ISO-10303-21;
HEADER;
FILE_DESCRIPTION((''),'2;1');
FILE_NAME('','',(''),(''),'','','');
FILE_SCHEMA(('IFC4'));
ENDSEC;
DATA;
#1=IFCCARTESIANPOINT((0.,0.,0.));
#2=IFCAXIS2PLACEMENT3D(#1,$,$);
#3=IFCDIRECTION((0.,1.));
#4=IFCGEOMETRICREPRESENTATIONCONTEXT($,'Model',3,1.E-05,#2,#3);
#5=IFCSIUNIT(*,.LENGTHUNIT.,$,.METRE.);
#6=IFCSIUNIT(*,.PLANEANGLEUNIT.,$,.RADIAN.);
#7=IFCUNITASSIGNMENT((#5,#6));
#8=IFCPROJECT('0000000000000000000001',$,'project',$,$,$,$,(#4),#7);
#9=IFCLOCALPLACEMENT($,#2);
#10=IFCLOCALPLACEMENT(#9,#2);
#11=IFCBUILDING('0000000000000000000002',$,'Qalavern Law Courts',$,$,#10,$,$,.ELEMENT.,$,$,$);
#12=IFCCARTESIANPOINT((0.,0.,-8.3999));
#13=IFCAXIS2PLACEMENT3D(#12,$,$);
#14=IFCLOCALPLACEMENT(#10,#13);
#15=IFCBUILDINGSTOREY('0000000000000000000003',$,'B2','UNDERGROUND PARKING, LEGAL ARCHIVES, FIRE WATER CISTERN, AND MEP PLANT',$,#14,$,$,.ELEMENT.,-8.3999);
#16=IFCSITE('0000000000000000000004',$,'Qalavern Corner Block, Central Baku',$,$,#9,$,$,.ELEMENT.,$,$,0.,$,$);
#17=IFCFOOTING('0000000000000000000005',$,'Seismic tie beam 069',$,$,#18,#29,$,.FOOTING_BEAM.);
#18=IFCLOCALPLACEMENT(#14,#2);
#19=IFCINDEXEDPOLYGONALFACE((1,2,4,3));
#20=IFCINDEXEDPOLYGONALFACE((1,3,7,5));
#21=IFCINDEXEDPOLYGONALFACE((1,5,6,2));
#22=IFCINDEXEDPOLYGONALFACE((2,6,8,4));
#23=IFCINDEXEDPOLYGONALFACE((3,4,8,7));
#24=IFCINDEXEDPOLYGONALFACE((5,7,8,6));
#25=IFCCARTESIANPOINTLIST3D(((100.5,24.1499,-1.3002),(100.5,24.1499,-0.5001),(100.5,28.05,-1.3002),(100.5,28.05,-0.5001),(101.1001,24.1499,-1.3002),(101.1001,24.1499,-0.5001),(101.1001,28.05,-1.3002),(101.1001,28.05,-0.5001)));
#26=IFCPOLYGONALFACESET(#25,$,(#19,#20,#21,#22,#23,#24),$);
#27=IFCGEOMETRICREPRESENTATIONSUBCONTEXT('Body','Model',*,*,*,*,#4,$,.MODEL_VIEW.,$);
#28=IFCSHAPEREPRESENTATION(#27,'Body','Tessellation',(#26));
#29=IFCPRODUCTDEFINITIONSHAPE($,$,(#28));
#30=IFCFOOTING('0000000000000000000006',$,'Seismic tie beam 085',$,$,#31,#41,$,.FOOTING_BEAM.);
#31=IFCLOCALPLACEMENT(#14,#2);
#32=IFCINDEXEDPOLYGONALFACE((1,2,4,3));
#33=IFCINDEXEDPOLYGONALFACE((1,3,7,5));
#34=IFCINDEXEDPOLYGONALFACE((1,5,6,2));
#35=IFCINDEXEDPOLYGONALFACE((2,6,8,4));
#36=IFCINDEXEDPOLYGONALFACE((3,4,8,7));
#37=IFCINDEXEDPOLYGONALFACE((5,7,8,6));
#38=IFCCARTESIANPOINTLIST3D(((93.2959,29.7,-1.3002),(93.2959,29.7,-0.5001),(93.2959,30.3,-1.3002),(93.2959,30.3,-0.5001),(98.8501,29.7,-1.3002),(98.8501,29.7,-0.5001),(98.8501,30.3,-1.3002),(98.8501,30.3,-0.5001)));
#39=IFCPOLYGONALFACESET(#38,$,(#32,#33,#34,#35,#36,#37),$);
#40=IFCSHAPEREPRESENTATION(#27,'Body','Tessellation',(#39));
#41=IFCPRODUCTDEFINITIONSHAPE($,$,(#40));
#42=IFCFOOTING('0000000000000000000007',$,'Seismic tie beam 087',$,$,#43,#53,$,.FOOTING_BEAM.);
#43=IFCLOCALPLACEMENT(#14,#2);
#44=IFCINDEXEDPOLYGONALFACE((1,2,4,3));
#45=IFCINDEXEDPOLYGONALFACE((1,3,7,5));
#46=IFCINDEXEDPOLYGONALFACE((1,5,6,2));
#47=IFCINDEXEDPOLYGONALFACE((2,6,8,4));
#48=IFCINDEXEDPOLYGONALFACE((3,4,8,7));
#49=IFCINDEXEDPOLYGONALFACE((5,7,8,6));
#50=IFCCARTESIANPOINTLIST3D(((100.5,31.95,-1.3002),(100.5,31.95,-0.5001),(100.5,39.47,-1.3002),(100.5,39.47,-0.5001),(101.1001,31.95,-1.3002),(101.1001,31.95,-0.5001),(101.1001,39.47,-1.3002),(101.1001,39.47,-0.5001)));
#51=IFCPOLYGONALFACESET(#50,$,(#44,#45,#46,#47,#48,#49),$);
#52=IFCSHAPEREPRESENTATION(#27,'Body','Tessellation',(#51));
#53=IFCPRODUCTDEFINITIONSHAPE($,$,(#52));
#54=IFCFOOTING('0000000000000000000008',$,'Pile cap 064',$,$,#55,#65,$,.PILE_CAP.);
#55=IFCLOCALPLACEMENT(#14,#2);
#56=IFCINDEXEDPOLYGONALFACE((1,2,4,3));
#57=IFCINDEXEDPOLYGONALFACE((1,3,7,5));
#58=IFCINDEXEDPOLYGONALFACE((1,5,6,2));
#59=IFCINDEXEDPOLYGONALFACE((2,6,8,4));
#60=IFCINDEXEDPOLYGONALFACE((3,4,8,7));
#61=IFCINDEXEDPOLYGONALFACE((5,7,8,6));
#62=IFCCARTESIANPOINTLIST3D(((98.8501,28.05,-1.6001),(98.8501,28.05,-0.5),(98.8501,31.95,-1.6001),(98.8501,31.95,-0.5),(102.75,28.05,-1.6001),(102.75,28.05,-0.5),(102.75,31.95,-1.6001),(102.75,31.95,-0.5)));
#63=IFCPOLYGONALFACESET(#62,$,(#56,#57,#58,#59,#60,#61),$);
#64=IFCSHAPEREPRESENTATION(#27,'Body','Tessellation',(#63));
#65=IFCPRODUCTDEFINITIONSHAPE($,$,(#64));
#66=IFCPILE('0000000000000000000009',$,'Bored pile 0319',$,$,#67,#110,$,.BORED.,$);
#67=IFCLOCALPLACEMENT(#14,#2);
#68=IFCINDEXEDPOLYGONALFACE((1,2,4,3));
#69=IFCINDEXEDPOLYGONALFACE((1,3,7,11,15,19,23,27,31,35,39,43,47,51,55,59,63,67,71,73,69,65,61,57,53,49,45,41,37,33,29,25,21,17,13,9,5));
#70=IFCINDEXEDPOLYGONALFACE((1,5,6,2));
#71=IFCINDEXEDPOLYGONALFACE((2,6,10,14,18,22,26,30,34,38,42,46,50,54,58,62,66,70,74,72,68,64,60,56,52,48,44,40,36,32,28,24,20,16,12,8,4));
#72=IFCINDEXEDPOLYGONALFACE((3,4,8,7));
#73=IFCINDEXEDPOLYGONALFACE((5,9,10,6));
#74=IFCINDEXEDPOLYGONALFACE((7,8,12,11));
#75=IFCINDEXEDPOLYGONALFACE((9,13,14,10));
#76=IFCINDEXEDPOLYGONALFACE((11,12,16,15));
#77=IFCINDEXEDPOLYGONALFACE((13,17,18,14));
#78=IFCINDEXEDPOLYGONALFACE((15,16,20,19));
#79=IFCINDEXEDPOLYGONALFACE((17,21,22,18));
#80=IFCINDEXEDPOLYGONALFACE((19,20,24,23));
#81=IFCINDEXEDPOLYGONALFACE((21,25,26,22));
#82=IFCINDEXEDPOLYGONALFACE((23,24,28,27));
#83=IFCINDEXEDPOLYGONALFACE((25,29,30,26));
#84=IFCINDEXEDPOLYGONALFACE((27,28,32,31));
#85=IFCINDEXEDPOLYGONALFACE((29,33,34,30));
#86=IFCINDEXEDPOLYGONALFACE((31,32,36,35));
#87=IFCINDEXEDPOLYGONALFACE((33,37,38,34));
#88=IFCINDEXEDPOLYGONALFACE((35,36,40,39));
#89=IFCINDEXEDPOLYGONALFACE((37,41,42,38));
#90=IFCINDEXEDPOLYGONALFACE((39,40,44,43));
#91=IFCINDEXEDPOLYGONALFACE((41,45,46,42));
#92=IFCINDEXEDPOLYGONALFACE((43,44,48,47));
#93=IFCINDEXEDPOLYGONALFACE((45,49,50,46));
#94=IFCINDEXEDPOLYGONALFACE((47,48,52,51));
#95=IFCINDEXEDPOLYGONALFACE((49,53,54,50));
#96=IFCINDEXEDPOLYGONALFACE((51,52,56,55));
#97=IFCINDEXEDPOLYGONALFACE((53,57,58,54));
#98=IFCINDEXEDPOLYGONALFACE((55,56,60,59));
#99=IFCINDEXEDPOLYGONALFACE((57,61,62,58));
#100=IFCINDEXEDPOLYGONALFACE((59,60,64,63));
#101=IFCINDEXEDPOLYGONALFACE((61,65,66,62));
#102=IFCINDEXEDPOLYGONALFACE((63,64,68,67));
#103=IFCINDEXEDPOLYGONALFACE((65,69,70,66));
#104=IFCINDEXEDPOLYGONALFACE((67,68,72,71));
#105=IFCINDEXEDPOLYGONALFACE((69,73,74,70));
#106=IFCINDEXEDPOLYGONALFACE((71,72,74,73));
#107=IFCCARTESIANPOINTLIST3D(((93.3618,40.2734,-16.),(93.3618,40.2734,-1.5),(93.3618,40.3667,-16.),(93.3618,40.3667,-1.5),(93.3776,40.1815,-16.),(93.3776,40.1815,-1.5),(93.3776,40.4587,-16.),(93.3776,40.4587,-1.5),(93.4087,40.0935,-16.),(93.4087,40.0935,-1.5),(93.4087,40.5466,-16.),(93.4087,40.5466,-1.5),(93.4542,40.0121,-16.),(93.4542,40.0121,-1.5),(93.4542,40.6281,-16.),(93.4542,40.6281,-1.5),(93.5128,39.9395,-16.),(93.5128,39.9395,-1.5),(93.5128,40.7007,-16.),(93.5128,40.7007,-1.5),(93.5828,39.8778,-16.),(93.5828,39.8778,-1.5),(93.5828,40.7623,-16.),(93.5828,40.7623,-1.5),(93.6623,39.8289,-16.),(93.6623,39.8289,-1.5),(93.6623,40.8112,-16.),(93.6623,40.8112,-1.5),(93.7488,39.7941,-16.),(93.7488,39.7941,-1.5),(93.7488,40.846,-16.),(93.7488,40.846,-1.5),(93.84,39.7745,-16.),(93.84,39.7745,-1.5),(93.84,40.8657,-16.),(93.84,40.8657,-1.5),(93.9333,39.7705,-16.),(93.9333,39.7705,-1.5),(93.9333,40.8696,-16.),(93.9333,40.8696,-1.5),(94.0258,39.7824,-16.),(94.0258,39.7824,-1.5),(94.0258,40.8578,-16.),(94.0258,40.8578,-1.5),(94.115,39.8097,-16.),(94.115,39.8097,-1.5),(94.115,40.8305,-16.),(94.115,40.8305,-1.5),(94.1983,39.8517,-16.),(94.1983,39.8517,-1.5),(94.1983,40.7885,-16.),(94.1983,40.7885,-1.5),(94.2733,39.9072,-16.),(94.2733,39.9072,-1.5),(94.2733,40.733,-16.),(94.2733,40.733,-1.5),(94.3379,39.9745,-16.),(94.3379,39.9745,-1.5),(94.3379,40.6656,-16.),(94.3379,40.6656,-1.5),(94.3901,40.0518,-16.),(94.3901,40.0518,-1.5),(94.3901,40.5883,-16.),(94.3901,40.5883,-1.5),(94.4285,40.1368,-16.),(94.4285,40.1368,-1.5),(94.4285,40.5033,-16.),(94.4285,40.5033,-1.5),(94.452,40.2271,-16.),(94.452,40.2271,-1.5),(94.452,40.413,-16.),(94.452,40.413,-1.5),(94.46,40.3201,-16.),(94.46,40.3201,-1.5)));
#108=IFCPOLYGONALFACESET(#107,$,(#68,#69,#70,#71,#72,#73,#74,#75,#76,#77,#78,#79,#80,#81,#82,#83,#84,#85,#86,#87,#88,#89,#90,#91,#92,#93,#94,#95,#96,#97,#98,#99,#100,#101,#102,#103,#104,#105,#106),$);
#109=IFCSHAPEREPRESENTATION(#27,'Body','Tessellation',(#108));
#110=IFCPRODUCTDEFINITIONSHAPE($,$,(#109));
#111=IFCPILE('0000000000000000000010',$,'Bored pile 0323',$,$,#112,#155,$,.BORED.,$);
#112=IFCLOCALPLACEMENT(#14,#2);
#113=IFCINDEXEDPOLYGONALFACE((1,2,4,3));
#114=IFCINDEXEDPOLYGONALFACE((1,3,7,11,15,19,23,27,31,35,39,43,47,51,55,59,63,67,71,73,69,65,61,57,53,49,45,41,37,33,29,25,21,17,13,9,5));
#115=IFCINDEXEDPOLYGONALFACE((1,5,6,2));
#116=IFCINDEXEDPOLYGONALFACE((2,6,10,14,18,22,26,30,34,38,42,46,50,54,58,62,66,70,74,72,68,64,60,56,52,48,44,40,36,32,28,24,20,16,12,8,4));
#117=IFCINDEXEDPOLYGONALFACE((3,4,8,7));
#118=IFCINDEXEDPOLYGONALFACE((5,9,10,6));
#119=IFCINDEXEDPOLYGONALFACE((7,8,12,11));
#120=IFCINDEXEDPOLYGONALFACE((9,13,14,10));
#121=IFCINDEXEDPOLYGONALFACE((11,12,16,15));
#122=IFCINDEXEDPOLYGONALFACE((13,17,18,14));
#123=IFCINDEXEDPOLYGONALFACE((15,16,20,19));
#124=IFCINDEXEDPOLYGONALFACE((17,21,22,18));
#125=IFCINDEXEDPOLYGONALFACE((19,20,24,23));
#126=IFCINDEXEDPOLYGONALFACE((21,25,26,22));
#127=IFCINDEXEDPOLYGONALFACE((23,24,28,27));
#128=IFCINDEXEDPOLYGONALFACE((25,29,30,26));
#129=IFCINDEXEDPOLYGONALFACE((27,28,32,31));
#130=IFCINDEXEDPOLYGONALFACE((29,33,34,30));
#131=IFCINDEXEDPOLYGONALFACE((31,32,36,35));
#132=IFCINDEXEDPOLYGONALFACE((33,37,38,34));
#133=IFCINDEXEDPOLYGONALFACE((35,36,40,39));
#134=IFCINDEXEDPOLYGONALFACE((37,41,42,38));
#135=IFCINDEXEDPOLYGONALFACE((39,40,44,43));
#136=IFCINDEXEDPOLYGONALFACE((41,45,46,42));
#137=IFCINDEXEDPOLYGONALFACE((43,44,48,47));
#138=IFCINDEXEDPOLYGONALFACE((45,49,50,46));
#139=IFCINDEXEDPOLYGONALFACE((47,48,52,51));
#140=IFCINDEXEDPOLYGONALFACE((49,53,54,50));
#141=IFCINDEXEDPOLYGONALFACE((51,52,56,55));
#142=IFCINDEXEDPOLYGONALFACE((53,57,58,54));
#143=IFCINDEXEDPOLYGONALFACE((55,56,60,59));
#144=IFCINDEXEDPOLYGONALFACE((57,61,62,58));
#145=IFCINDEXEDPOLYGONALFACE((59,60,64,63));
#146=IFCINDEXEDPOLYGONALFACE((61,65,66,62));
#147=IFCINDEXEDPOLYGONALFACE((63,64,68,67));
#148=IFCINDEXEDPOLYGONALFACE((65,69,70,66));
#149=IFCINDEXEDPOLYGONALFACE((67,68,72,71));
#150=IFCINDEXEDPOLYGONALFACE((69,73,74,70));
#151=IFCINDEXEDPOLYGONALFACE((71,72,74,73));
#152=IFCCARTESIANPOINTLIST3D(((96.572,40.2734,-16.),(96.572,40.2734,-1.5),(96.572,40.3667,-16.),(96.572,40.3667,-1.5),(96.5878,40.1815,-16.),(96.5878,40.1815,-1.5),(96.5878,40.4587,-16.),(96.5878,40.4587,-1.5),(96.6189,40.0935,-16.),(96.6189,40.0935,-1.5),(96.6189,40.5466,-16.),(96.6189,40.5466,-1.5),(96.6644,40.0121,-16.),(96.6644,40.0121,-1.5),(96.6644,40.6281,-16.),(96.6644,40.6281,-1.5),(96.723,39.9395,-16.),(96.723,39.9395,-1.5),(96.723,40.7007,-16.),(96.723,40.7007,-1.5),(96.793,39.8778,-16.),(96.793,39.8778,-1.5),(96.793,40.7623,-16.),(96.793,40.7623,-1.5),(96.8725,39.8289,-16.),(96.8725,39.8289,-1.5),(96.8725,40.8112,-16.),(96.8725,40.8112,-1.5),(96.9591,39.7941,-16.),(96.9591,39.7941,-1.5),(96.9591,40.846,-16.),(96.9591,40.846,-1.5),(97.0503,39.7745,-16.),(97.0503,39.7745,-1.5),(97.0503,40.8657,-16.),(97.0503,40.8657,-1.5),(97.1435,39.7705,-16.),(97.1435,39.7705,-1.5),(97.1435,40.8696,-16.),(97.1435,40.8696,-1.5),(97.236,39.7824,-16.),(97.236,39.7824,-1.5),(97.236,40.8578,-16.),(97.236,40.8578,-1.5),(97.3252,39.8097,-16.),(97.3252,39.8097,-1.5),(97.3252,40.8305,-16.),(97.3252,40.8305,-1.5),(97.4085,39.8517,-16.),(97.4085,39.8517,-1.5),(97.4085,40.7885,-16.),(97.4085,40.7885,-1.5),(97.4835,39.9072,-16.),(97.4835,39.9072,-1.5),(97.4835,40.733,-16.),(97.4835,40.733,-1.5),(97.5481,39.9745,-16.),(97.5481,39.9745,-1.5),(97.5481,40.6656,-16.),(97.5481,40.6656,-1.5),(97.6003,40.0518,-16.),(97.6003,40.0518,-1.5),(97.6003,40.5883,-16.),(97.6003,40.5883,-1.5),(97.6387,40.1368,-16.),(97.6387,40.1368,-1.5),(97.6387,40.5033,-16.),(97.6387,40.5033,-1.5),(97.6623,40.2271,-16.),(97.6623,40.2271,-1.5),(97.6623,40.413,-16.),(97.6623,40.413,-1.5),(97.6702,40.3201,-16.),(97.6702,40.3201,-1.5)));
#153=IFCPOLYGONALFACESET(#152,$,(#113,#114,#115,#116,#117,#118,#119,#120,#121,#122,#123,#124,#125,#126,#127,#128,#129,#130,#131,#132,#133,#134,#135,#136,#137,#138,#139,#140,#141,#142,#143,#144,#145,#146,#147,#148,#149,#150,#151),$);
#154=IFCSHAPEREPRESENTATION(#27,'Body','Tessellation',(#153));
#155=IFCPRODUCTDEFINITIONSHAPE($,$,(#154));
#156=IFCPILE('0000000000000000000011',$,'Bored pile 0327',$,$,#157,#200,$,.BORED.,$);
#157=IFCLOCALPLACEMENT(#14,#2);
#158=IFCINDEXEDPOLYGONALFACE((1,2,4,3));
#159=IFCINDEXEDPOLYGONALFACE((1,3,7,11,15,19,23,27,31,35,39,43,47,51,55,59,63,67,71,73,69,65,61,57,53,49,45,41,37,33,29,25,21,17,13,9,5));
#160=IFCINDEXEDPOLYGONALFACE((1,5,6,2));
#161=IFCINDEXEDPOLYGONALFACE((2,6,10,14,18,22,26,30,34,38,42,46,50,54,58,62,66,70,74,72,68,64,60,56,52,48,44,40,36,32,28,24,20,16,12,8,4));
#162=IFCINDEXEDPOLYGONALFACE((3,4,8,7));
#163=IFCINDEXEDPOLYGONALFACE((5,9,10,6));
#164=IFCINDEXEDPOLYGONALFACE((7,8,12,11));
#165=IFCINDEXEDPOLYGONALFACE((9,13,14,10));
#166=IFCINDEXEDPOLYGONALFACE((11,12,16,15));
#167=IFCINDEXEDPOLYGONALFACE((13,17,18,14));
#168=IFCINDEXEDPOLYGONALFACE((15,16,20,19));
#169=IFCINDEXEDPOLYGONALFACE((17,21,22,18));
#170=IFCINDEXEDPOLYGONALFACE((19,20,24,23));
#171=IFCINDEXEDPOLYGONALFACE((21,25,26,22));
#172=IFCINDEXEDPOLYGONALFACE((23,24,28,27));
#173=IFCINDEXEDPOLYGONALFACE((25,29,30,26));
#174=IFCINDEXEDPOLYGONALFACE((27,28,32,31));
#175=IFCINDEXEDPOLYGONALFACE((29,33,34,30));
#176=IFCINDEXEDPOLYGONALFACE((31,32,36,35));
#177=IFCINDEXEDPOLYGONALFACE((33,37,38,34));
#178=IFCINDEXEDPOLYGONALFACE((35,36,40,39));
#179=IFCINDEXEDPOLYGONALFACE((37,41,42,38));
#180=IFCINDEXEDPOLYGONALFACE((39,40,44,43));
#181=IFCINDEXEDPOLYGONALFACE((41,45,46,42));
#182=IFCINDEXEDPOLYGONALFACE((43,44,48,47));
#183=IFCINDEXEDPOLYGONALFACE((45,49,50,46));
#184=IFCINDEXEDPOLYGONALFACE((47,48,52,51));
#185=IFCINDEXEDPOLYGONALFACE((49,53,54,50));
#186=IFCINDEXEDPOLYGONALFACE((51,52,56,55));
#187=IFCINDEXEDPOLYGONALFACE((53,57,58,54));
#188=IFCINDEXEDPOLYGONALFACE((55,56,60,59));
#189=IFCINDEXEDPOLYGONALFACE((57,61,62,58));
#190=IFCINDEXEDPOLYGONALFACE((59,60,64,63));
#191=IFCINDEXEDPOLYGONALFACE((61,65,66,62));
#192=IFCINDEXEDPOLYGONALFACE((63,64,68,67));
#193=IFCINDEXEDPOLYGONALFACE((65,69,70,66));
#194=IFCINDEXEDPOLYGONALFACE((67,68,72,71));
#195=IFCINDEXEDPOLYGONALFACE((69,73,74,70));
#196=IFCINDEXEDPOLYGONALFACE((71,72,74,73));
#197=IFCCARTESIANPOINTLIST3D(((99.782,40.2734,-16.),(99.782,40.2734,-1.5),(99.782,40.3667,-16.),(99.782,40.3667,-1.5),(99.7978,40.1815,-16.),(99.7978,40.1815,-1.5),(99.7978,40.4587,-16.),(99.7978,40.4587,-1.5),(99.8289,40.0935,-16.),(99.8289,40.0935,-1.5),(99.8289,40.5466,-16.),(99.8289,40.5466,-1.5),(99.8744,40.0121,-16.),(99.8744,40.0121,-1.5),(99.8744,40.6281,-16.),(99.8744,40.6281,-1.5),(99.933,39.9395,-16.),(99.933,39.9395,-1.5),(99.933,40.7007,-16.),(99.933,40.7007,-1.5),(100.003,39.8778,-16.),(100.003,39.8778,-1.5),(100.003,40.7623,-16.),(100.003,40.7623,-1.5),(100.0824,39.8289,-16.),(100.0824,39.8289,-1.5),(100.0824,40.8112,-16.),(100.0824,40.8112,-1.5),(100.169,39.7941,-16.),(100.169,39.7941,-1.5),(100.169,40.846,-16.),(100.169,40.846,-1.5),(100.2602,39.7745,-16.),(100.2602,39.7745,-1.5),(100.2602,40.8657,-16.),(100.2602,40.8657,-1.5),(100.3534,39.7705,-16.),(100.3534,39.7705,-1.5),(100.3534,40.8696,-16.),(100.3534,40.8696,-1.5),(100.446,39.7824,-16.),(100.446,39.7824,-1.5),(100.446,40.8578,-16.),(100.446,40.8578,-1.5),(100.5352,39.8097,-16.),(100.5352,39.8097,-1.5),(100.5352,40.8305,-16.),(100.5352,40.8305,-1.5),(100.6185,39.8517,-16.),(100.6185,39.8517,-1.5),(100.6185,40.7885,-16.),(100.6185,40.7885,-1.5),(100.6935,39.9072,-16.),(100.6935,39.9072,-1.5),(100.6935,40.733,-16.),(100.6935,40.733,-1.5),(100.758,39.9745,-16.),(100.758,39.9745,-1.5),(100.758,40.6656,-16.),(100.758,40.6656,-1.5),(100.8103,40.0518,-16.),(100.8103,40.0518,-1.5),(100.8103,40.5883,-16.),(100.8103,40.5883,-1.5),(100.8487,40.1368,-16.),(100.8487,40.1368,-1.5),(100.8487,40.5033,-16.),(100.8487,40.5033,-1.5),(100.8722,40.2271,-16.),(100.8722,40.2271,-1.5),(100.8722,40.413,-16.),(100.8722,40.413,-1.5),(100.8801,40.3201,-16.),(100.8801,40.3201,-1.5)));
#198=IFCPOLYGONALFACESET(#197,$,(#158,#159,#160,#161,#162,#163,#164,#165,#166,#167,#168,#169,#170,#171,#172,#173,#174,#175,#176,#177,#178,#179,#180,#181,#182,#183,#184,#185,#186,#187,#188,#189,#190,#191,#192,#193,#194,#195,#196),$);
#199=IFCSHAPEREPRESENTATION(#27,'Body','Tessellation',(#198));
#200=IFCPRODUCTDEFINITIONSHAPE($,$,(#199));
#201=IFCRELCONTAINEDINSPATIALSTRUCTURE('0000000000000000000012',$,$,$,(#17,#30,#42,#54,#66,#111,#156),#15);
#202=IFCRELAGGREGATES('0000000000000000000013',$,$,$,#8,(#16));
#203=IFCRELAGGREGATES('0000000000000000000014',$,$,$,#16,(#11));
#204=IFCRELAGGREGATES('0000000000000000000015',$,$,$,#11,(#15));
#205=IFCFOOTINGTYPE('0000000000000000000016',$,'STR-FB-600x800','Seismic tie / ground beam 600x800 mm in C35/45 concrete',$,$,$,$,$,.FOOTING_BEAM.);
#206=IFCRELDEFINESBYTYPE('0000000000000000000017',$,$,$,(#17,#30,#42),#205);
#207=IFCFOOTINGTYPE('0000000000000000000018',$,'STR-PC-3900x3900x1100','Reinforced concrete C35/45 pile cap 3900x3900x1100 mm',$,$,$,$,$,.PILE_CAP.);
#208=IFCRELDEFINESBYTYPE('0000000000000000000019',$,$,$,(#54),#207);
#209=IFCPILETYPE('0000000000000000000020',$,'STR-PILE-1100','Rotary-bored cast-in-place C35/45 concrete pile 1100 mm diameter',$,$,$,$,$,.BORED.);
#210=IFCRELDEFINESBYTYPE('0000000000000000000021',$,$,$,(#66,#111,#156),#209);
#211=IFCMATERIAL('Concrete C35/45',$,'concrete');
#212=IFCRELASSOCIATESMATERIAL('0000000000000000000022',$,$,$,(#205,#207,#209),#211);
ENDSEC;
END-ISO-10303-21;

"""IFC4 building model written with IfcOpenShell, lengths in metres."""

from ifc_helpers import new_model, si_unit, direction, frame, origin, origin_2d, place, context, subcontext, project, spatial, rectangle, circle, extrude, material, material_profile, profile_set, type_object, element, save


model = new_model("IFC4")

# Units and contexts
model_context = context("Model", 3, precision=1e-05, world=origin(), true_north=direction((0.0, 1.0)))
body_context = subcontext(model_context, "Body", "Model", "MODEL_VIEW")
ifc_project = project(units=[si_unit("LENGTHUNIT", "METRE"), si_unit("PLANEANGLEUNIT", "RADIAN")], contexts=[model_context])

# Site, building, storey
site_placement = place(None, origin())
site = spatial("IfcSite", under=ifc_project, at=site_placement, Name="Qalavern Corner Block, Central Baku", CompositionType="ELEMENT", RefElevation=0.0)
building_placement = place(site_placement, origin())
building = spatial("IfcBuilding", under=site, at=building_placement, Name="Qalavern Law Courts", CompositionType="ELEMENT")
storey_placement = place(building_placement, frame((0.0, 0.0, -8.3999)))
storey = spatial("IfcBuildingStorey", under=building, at=storey_placement, Name="B2", Description="UNDERGROUND PARKING, LEGAL ARCHIVES, FIRE WATER CISTERN, AND MEP PLANT", CompositionType="ELEMENT", Elevation=-8.3999)

# Footings
ifc_material_1 = material(Name="Concrete C35/45", Category="concrete")
ifc_material_profile_1 = material_profile(ifc_material_1, rectangle(XDim=0.6001, YDim=0.8, at=origin_2d()), Name="RC 600x800")
ifc_profile_set_1 = profile_set([ifc_material_profile_1], Name="Concrete C35/45")
footing_type_1 = type_object("IfcFootingType", Name="STR-FB-600x800", Description="Seismic tie / ground beam 600x800 mm in C35/45 concrete", PredefinedType="FOOTING_BEAM", material=ifc_profile_set_1)
footing_1_placement = place(storey_placement, frame((100.8, 24.1499, -0.9001), z_axis=(0.0, 1.0, 0.0), x_axis=(-1.0, 0.0, 0.0)))
element("IfcFooting", 1, at=footing_1_placement, inside=storey, type_object=footing_type_1, Name="Seismic tie beam 069", PredefinedType="FOOTING_BEAM", context=body_context, shape_type="SweptSolid", body=[
    extrude(rectangle(XDim=0.6001, YDim=0.8, at=origin_2d()), origin(), (0.0, 0.0, 1.0), 3.9001),
])
footing_2_placement = place(storey_placement, frame((93.2959, 30.0, -0.9001), z_axis=(1.0, 0.0, 0.0), x_axis=(0.0, 1.0, 0.0)))
element("IfcFooting", 2, at=footing_2_placement, inside=storey, type_object=footing_type_1, Name="Seismic tie beam 085", PredefinedType="FOOTING_BEAM", context=body_context, shape_type="SweptSolid", body=[
    extrude(rectangle(XDim=0.6001, YDim=0.8, at=origin_2d()), origin(), (0.0, 0.0, 1.0), 5.5542),
])
footing_3_placement = place(storey_placement, frame((100.8, 31.95, -0.9001), z_axis=(0.0, 1.0, 0.0), x_axis=(-1.0, 0.0, 0.0)))
element("IfcFooting", 3, at=footing_3_placement, inside=storey, type_object=footing_type_1, Name="Seismic tie beam 087", PredefinedType="FOOTING_BEAM", context=body_context, shape_type="SweptSolid", body=[
    extrude(rectangle(XDim=0.6001, YDim=0.8, at=origin_2d()), origin(), (0.0, 0.0, 1.0), 7.52),
])
footing_type_2 = type_object("IfcFootingType", Name="STR-PC-3900x3900x1100", Description="Reinforced concrete C35/45 pile cap 3900x3900x1100 mm", PredefinedType="PILE_CAP", material=ifc_material_1)
footing_4_placement = place(storey_placement, frame((100.8, 30.0, -1.6001), z_axis=(0.0, 0.0, 1.0), x_axis=(1.0, 0.0, 0.0)))
element("IfcFooting", 4, at=footing_4_placement, inside=storey, type_object=footing_type_2, Name="Pile cap 064", PredefinedType="PILE_CAP", context=body_context, shape_type="SweptSolid", body=[
    extrude(rectangle(XDim=3.8999, YDim=3.8999, at=origin_2d()), origin(), (0.0, 0.0, 1.0), 1.1001),
])

# Piles
ifc_material_profile_2 = material_profile(ifc_material_1, circle(Radius=0.55, at=origin_2d()), Name="BORED PILE 1100")
ifc_profile_set_2 = profile_set([ifc_material_profile_2], Name="Concrete C35/45")
pile_type_1 = type_object("IfcPileType", Name="STR-PILE-1100", Description="Rotary-bored cast-in-place C35/45 concrete pile 1100 mm diameter", PredefinedType="BORED", material=ifc_profile_set_2)
for number, where, z_axis, x_axis, name in (
    (5, (93.9099, 40.3201, -1.5), (0.0, 0.0, -1.0), (1.0, 0.0, 0.0), "Bored pile 0319"),
    (6, (97.1201, 40.3201, -1.5), (0.0, 0.0, -1.0), (1.0, 0.0, 0.0), "Bored pile 0323"),
    (7, (100.3301, 40.3201, -1.5), (0.0, 0.0, -1.0), (1.0, 0.0, 0.0), "Bored pile 0327"),
):
    element("IfcPile", number, at=place(storey_placement, frame(where, z_axis=z_axis, x_axis=x_axis)), inside=storey, type_object=pile_type_1, Name=name, PredefinedType="BORED", context=body_context, shape_type="SweptSolid", body=[
        extrude(circle(Radius=0.55, at=origin_2d()), origin(), (0.0, 0.0, 1.0), 14.5),
    ])

save(model, "model.ifc")
